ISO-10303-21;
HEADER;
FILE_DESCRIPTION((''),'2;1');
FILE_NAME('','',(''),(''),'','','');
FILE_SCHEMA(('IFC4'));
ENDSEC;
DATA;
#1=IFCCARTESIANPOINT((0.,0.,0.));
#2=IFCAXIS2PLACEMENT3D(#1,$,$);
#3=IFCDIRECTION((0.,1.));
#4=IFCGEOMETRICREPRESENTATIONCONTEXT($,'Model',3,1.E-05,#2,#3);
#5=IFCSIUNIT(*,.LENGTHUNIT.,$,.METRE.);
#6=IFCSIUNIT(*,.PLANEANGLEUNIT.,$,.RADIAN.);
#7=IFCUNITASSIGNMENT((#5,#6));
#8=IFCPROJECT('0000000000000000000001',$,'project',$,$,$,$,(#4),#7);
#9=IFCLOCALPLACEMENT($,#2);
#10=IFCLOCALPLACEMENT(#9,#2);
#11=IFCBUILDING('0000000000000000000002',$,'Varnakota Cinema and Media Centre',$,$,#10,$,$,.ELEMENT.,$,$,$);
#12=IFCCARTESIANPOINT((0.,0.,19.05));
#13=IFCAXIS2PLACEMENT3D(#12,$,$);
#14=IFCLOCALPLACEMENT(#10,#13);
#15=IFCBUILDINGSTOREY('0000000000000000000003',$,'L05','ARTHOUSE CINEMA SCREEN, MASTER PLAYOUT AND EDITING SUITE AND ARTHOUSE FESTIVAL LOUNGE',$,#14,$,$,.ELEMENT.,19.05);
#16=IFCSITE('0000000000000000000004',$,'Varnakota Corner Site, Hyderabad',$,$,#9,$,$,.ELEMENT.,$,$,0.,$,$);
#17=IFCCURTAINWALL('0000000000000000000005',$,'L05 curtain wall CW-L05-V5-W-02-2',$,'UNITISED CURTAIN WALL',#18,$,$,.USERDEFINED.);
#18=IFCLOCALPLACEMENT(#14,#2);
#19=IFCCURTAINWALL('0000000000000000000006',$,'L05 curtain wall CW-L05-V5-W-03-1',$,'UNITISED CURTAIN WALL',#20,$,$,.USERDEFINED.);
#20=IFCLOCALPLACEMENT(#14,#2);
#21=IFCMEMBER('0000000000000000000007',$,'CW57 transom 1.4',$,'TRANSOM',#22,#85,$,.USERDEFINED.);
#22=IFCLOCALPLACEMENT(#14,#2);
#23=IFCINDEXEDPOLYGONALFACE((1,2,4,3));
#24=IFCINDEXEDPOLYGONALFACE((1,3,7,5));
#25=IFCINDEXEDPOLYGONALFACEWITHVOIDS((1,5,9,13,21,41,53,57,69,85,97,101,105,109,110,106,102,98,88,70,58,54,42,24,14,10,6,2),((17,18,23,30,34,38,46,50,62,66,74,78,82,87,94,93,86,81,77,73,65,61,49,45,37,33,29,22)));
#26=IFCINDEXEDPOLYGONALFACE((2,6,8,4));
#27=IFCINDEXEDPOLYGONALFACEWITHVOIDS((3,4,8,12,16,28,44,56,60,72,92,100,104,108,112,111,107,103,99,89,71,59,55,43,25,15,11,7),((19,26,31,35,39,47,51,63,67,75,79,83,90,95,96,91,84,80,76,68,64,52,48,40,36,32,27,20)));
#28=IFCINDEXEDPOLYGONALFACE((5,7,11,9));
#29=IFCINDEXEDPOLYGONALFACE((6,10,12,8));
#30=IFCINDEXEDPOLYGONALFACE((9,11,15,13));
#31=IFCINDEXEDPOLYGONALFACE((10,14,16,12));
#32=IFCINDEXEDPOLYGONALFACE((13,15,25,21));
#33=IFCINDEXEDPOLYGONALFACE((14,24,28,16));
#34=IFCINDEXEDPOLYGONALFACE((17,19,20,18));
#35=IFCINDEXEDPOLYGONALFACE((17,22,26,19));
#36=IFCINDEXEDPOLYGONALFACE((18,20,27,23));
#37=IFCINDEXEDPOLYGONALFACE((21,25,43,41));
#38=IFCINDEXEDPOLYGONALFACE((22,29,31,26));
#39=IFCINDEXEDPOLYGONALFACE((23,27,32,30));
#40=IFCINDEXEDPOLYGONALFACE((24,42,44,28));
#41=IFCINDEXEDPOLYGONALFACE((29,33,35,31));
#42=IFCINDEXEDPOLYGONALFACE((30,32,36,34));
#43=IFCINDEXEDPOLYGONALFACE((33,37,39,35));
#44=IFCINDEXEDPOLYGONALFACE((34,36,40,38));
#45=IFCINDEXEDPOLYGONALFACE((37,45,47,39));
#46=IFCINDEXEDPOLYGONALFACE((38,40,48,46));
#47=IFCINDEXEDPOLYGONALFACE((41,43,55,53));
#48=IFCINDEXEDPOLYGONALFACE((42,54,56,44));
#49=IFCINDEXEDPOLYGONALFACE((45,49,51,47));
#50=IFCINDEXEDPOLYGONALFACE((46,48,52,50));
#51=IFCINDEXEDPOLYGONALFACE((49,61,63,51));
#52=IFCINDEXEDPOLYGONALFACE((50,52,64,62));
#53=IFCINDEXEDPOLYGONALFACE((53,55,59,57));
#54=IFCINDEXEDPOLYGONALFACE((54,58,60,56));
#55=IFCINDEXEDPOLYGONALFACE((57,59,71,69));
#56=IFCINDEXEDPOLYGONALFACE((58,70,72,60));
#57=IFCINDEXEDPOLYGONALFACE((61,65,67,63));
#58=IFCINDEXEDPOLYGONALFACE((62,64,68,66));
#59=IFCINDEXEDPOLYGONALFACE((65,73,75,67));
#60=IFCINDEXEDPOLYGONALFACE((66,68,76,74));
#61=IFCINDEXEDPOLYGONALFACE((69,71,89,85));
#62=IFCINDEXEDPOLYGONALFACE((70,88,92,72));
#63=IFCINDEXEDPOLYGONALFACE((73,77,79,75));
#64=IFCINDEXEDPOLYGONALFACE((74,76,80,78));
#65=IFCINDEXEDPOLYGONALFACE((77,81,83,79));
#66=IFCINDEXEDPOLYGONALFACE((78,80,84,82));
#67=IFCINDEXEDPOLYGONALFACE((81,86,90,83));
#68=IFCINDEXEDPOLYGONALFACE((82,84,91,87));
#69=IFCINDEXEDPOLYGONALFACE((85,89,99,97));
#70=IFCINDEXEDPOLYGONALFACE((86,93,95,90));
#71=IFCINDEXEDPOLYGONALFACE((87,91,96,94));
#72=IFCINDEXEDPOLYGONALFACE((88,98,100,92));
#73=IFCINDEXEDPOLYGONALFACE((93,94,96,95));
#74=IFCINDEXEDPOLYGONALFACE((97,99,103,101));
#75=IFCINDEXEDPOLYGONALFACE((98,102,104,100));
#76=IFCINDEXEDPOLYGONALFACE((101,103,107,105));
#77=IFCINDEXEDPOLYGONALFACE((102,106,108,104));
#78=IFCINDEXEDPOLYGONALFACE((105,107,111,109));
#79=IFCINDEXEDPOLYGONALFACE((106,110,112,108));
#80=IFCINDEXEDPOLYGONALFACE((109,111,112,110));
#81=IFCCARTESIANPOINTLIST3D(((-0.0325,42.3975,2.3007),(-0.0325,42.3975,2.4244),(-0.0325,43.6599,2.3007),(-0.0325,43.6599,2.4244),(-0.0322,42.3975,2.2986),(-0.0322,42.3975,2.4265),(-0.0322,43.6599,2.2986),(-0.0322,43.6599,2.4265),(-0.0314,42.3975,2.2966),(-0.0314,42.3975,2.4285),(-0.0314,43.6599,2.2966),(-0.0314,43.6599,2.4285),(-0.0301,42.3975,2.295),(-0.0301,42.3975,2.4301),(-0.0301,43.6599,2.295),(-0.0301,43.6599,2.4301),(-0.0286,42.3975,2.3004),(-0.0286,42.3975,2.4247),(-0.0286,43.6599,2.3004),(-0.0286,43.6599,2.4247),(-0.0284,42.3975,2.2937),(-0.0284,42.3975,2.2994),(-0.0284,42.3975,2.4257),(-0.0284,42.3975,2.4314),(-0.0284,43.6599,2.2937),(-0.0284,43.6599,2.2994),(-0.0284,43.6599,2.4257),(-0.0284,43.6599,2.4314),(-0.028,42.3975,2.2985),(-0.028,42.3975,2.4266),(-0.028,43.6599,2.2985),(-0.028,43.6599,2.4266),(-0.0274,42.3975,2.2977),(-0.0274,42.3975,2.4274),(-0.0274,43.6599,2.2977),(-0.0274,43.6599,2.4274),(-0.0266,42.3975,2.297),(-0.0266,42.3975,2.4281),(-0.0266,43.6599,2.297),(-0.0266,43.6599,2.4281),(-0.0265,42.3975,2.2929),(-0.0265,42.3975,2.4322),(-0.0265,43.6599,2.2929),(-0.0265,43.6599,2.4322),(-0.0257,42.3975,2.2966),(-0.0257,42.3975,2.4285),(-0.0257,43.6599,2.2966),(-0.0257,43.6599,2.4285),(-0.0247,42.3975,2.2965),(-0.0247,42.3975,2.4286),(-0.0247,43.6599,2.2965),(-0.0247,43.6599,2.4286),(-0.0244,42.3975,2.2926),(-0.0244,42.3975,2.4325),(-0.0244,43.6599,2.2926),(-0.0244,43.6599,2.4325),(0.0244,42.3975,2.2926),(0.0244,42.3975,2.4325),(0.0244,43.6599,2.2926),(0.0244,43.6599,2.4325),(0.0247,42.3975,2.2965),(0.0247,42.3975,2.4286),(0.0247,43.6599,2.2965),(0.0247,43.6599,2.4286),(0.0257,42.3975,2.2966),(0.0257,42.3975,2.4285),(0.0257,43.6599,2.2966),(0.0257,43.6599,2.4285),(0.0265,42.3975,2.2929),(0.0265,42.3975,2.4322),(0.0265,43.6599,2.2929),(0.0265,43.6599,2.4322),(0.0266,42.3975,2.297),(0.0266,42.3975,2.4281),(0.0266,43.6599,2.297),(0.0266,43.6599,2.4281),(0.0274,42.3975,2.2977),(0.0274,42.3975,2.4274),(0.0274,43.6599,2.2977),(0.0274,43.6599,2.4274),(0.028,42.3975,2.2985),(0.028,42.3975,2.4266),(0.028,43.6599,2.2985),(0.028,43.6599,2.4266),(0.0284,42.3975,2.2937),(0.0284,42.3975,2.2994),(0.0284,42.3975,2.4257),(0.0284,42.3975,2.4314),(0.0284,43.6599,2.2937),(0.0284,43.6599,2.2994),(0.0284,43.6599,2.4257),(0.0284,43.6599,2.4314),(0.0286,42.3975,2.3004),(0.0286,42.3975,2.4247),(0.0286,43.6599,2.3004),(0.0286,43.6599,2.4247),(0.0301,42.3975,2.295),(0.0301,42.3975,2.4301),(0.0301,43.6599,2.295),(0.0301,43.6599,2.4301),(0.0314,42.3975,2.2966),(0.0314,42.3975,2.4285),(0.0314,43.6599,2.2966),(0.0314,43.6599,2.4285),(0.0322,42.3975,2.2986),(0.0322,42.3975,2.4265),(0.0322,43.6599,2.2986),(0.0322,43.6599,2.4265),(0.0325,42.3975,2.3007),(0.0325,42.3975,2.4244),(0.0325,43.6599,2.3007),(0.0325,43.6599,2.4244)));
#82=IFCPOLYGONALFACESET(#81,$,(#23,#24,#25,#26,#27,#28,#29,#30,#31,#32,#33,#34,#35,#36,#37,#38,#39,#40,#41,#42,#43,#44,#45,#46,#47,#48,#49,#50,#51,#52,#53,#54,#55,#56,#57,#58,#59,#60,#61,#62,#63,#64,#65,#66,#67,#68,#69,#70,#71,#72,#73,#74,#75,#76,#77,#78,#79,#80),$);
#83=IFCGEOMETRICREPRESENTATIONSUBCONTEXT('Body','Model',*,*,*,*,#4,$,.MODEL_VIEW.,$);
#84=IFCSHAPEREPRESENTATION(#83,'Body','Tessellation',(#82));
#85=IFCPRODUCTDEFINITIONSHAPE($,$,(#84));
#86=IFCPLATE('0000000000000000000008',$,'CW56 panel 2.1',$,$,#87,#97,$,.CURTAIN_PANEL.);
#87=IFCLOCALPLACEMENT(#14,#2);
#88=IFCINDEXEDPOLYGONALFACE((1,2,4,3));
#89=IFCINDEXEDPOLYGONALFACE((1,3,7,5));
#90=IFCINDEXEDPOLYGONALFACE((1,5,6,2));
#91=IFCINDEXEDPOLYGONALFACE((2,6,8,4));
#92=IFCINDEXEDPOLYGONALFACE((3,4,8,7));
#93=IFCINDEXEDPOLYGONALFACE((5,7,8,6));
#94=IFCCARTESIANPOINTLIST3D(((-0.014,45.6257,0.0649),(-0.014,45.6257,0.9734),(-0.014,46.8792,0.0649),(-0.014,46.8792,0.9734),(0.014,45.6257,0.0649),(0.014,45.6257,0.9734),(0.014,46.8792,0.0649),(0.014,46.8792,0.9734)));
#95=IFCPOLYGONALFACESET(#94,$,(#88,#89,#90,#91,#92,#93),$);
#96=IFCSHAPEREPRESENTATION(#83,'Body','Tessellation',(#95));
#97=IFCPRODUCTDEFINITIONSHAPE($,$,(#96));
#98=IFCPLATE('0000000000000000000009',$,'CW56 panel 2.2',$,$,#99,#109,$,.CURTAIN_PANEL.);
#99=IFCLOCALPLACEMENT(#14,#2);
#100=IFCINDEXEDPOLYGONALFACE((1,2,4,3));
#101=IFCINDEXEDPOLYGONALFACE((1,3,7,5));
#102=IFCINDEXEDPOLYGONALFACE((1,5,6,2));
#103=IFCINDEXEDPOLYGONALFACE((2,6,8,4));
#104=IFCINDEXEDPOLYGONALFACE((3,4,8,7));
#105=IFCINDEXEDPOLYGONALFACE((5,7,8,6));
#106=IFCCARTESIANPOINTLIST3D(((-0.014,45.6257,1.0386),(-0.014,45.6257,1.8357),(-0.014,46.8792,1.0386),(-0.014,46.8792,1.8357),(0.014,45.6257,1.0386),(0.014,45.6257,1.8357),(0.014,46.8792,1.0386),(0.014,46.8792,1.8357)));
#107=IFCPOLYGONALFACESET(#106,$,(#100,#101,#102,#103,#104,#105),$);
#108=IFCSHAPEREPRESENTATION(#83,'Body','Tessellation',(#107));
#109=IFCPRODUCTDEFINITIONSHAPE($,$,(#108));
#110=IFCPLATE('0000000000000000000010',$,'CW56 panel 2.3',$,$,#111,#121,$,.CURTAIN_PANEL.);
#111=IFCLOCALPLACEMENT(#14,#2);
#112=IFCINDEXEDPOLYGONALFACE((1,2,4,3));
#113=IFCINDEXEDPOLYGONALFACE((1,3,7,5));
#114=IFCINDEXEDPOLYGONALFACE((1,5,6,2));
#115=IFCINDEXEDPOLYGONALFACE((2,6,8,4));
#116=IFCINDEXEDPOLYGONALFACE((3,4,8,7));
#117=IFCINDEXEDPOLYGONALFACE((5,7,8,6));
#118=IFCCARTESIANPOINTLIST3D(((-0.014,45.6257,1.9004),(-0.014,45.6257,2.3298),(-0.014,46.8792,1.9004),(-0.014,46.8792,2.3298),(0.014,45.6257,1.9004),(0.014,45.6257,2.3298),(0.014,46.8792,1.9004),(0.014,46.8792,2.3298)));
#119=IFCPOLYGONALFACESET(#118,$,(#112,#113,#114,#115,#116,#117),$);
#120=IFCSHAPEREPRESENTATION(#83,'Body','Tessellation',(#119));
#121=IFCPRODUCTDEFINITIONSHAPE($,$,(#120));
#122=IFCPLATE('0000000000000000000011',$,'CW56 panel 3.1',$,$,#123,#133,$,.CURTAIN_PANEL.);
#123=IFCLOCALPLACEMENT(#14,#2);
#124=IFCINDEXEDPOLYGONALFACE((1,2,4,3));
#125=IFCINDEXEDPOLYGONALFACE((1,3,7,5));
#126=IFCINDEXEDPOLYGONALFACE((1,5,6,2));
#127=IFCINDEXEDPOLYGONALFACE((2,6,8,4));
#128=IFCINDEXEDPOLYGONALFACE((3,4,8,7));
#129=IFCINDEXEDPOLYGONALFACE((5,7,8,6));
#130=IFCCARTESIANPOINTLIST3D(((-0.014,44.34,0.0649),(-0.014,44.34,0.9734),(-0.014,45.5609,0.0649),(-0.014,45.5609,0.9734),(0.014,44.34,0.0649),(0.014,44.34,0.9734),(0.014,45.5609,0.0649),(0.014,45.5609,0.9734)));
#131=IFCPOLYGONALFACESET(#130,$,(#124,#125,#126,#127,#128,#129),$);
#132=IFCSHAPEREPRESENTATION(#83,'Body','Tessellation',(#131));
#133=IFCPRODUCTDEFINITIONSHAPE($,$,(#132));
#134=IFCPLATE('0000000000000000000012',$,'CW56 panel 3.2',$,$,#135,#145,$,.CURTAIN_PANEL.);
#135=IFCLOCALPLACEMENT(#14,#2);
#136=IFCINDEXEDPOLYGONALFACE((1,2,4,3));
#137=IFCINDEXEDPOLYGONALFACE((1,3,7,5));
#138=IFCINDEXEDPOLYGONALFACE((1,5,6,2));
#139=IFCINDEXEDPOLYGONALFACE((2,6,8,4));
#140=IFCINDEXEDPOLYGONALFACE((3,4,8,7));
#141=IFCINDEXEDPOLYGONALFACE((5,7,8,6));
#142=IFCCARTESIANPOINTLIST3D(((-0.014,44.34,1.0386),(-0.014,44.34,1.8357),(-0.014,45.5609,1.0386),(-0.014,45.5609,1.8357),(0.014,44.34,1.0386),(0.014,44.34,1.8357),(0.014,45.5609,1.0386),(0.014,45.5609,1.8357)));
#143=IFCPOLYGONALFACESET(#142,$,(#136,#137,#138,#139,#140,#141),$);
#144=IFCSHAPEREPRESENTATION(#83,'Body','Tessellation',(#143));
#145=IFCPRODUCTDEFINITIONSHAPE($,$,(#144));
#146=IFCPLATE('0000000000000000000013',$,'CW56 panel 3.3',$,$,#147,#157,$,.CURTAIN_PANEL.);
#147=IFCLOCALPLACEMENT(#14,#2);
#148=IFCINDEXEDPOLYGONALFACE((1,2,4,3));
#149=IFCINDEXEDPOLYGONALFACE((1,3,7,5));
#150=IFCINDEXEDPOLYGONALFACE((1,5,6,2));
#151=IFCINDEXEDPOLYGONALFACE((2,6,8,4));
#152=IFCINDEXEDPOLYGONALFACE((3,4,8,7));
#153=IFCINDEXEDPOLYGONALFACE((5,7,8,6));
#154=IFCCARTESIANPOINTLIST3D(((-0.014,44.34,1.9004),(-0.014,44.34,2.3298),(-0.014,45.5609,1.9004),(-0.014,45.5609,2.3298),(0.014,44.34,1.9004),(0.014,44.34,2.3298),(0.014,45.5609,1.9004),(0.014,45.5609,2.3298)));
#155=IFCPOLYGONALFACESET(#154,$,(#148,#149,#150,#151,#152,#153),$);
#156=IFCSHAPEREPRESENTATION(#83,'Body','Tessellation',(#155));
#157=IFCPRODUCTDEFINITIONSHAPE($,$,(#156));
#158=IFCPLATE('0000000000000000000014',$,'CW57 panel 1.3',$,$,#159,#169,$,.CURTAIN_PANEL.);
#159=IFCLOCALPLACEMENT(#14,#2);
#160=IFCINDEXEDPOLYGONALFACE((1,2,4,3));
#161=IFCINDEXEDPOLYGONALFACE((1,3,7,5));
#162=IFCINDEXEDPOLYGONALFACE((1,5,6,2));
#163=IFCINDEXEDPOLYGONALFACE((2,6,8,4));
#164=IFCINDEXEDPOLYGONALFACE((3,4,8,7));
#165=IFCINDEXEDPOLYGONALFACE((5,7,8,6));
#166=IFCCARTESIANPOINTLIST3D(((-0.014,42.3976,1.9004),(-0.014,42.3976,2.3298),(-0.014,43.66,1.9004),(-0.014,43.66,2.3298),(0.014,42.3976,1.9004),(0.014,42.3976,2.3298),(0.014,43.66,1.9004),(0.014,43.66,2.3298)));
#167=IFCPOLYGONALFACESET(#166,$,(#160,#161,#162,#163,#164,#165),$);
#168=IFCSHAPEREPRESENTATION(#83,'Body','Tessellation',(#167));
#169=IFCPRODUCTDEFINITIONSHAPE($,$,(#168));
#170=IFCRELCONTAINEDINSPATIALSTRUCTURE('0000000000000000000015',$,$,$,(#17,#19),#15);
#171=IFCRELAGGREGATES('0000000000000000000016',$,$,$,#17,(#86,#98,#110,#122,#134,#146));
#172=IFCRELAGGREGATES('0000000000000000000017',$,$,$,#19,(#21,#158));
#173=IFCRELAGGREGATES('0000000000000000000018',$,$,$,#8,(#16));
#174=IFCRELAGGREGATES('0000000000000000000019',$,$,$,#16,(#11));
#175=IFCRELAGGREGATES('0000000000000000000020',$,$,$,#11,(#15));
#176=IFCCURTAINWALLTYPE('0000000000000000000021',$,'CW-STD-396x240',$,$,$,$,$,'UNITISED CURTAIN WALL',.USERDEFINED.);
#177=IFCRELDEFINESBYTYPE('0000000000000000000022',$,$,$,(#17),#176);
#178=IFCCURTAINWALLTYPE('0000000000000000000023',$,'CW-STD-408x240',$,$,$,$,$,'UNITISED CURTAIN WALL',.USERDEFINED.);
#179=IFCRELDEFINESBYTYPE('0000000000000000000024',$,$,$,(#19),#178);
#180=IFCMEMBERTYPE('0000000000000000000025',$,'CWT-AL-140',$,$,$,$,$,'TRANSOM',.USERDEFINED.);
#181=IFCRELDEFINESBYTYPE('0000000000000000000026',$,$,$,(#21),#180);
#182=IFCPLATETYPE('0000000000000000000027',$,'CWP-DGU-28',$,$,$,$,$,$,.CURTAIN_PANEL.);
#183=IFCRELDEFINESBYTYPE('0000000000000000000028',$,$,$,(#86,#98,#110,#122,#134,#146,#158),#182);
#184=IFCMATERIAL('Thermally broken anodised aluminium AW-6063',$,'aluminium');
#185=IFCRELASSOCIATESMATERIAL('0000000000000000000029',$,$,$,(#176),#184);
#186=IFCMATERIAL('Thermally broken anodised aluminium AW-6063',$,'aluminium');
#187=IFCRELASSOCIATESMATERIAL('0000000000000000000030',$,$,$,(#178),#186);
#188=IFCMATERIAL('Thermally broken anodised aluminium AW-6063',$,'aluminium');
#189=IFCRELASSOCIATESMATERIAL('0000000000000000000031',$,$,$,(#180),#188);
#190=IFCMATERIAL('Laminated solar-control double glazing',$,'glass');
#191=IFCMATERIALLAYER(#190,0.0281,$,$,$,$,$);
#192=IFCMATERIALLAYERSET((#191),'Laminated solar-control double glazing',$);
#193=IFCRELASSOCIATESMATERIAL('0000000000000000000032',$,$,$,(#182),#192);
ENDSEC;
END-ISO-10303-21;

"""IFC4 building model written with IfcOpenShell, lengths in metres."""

from ifc_helpers import new_model, si_unit, direction, frame, origin, origin_2d, place, context, subcontext, project, spatial, rectangle, hollow_rectangle, extrude, material, layer, layer_set, material_profile, profile_set, type_object, element, aggregate, save


model = new_model("IFC4")

# Units and contexts
model_context = context("Model", 3, precision=1e-05, world=origin(), true_north=direction((0.0, 1.0)))
body_context = subcontext(model_context, "Body", "Model", "MODEL_VIEW")
ifc_project = project(units=[si_unit("LENGTHUNIT", "METRE"), si_unit("PLANEANGLEUNIT", "RADIAN")], contexts=[model_context])

# Site, building, storey
site_placement = place(None, origin())
site = spatial("IfcSite", under=ifc_project, at=site_placement, Name="Varnakota Corner Site, Hyderabad", CompositionType="ELEMENT", RefElevation=0.0)
building_placement = place(site_placement, origin())
building = spatial("IfcBuilding", under=site, at=building_placement, Name="Varnakota Cinema and Media Centre", CompositionType="ELEMENT")
storey_placement = place(building_placement, frame((0.0, 0.0, 19.05)))
storey = spatial("IfcBuildingStorey", under=building, at=storey_placement, Name="L05", Description="ARTHOUSE CINEMA SCREEN, MASTER PLAYOUT AND EDITING SUITE AND ARTHOUSE FESTIVAL LOUNGE", CompositionType="ELEMENT", Elevation=19.05)

# Curtain wall
ifc_material_1 = material(Name="Thermally broken anodised aluminium AW-6063", Category="aluminium")
curtain_wall_type_1 = type_object("IfcCurtainWallType", Name="CW-STD-396x240", ElementType="UNITISED CURTAIN WALL", PredefinedType="USERDEFINED", material=ifc_material_1)
curtain_wall_1_placement = place(storey_placement, origin())
curtain_wall_1 = element("IfcCurtainWall", 1, at=curtain_wall_1_placement, inside=storey, type_object=curtain_wall_type_1, Name="L05 curtain wall CW-L05-V5-W-02-2", ObjectType="UNITISED CURTAIN WALL", PredefinedType="USERDEFINED")

# Curtain wall
ifc_material_2 = material(Name="Thermally broken anodised aluminium AW-6063", Category="aluminium")
curtain_wall_type_2 = type_object("IfcCurtainWallType", Name="CW-STD-408x240", ElementType="UNITISED CURTAIN WALL", PredefinedType="USERDEFINED", material=ifc_material_2)
curtain_wall_2_placement = place(storey_placement, origin())
curtain_wall_2 = element("IfcCurtainWall", 2, at=curtain_wall_2_placement, inside=storey, type_object=curtain_wall_type_2, Name="L05 curtain wall CW-L05-V5-W-03-1", ObjectType="UNITISED CURTAIN WALL", PredefinedType="USERDEFINED")

# Member
ifc_material_3 = material(Name="Thermally broken anodised aluminium AW-6063", Category="aluminium")
ifc_material_profile_1 = material_profile(ifc_material_3, hollow_rectangle(XDim=0.0649, YDim=0.1399, WallThickness=0.0039, InnerFilletRadius=0.0039, OuterFilletRadius=0.0081, at=origin_2d()), Name="AL-TRANSOM 140x65x4")
ifc_profile_set_1 = profile_set([ifc_material_profile_1], Name="Thermally broken anodised aluminium AW-6063")
member_type_1 = type_object("IfcMemberType", Name="CWT-AL-140", ElementType="TRANSOM", PredefinedType="USERDEFINED", material=ifc_profile_set_1)
member_1_placement = place(storey_placement, frame((0.0, 43.6599, 2.3625), z_axis=(0.0, -1.0, 0.0), x_axis=(1.0, 0.0, 0.0)))
member_1 = element("IfcMember", 3, at=member_1_placement, type_object=member_type_1, Name="CW57 transom 1.4", ObjectType="TRANSOM", PredefinedType="USERDEFINED", context=body_context, shape_type="SweptSolid", body=[
    extrude(hollow_rectangle(XDim=0.0649, YDim=0.1399, WallThickness=0.0039, InnerFilletRadius=0.0039, OuterFilletRadius=0.0081, at=origin_2d()), origin(), (0.0, 0.0, 1.0), 1.2625),
])

# Plates
ifc_material_4 = material(Name="Laminated solar-control double glazing", Category="glass")
ifc_layer = layer(ifc_material_4, 0.0281)
ifc_layer_set = layer_set([ifc_layer], Name="Laminated solar-control double glazing")
plate_type = type_object("IfcPlateType", Name="CWP-DGU-28", PredefinedType="CURTAIN_PANEL", material=ifc_layer_set)
plate_1_placement = place(storey_placement, frame((0.0, 46.2524, 0.0649), z_axis=(0.0, 0.0, 1.0), x_axis=(0.0, -1.0, 0.0)))
plate_1 = element("IfcPlate", 4, at=plate_1_placement, type_object=plate_type, Name="CW56 panel 2.1", PredefinedType="CURTAIN_PANEL", context=body_context, shape_type="SweptSolid", body=[
    extrude(rectangle(XDim=1.2534, YDim=0.0281, at=origin_2d()), origin(), (0.0, 0.0, 1.0), 0.9084),
])
plate_2_placement = place(storey_placement, frame((0.0, 46.2524, 1.0386), z_axis=(0.0, 0.0, 1.0), x_axis=(0.0, -1.0, 0.0)))
plate_2 = element("IfcPlate", 5, at=plate_2_placement, type_object=plate_type, Name="CW56 panel 2.2", PredefinedType="CURTAIN_PANEL", context=body_context, shape_type="SweptSolid", body=[
    extrude(rectangle(XDim=1.2534, YDim=0.0281, at=origin_2d()), origin(), (0.0, 0.0, 1.0), 0.7971),
])
plate_3_placement = place(storey_placement, frame((0.0, 46.2524, 1.9004), z_axis=(0.0, 0.0, 1.0), x_axis=(0.0, -1.0, 0.0)))
plate_3 = element("IfcPlate", 6, at=plate_3_placement, type_object=plate_type, Name="CW56 panel 2.3", PredefinedType="CURTAIN_PANEL", context=body_context, shape_type="SweptSolid", body=[
    extrude(rectangle(XDim=1.2534, YDim=0.0281, at=origin_2d()), origin(), (0.0, 0.0, 1.0), 0.4294),
])
plate_4_placement = place(storey_placement, frame((0.0, 44.9504, 0.0649), z_axis=(0.0, 0.0, 1.0), x_axis=(0.0, -1.0, 0.0)))
plate_4 = element("IfcPlate", 7, at=plate_4_placement, type_object=plate_type, Name="CW56 panel 3.1", PredefinedType="CURTAIN_PANEL", context=body_context, shape_type="SweptSolid", body=[
    extrude(rectangle(XDim=1.2209, YDim=0.0281, at=origin_2d()), origin(), (0.0, 0.0, 1.0), 0.9084),
])
plate_5_placement = place(storey_placement, frame((0.0, 44.9504, 1.0386), z_axis=(0.0, 0.0, 1.0), x_axis=(0.0, -1.0, 0.0)))
plate_5 = element("IfcPlate", 8, at=plate_5_placement, type_object=plate_type, Name="CW56 panel 3.2", PredefinedType="CURTAIN_PANEL", context=body_context, shape_type="SweptSolid", body=[
    extrude(rectangle(XDim=1.2209, YDim=0.0281, at=origin_2d()), origin(), (0.0, 0.0, 1.0), 0.7971),
])
plate_6_placement = place(storey_placement, frame((0.0, 44.9504, 1.9004), z_axis=(0.0, 0.0, 1.0), x_axis=(0.0, -1.0, 0.0)))
plate_6 = element("IfcPlate", 9, at=plate_6_placement, type_object=plate_type, Name="CW56 panel 3.3", PredefinedType="CURTAIN_PANEL", context=body_context, shape_type="SweptSolid", body=[
    extrude(rectangle(XDim=1.2209, YDim=0.0281, at=origin_2d()), origin(), (0.0, 0.0, 1.0), 0.4294),
])
aggregate(curtain_wall_1, [plate_1, plate_2, plate_3, plate_4, plate_5, plate_6])
plate_7_placement = place(storey_placement, frame((0.0, 43.0288, 1.9004), z_axis=(0.0, 0.0, 1.0), x_axis=(0.0, -1.0, 0.0)))
plate_7 = element("IfcPlate", 10, at=plate_7_placement, type_object=plate_type, Name="CW57 panel 1.3", PredefinedType="CURTAIN_PANEL", context=body_context, shape_type="SweptSolid", body=[
    extrude(rectangle(XDim=1.2625, YDim=0.0281, at=origin_2d()), origin(), (0.0, 0.0, 1.0), 0.4294),
])
aggregate(curtain_wall_2, [member_1, plate_7])

save(model, "model.ifc")
